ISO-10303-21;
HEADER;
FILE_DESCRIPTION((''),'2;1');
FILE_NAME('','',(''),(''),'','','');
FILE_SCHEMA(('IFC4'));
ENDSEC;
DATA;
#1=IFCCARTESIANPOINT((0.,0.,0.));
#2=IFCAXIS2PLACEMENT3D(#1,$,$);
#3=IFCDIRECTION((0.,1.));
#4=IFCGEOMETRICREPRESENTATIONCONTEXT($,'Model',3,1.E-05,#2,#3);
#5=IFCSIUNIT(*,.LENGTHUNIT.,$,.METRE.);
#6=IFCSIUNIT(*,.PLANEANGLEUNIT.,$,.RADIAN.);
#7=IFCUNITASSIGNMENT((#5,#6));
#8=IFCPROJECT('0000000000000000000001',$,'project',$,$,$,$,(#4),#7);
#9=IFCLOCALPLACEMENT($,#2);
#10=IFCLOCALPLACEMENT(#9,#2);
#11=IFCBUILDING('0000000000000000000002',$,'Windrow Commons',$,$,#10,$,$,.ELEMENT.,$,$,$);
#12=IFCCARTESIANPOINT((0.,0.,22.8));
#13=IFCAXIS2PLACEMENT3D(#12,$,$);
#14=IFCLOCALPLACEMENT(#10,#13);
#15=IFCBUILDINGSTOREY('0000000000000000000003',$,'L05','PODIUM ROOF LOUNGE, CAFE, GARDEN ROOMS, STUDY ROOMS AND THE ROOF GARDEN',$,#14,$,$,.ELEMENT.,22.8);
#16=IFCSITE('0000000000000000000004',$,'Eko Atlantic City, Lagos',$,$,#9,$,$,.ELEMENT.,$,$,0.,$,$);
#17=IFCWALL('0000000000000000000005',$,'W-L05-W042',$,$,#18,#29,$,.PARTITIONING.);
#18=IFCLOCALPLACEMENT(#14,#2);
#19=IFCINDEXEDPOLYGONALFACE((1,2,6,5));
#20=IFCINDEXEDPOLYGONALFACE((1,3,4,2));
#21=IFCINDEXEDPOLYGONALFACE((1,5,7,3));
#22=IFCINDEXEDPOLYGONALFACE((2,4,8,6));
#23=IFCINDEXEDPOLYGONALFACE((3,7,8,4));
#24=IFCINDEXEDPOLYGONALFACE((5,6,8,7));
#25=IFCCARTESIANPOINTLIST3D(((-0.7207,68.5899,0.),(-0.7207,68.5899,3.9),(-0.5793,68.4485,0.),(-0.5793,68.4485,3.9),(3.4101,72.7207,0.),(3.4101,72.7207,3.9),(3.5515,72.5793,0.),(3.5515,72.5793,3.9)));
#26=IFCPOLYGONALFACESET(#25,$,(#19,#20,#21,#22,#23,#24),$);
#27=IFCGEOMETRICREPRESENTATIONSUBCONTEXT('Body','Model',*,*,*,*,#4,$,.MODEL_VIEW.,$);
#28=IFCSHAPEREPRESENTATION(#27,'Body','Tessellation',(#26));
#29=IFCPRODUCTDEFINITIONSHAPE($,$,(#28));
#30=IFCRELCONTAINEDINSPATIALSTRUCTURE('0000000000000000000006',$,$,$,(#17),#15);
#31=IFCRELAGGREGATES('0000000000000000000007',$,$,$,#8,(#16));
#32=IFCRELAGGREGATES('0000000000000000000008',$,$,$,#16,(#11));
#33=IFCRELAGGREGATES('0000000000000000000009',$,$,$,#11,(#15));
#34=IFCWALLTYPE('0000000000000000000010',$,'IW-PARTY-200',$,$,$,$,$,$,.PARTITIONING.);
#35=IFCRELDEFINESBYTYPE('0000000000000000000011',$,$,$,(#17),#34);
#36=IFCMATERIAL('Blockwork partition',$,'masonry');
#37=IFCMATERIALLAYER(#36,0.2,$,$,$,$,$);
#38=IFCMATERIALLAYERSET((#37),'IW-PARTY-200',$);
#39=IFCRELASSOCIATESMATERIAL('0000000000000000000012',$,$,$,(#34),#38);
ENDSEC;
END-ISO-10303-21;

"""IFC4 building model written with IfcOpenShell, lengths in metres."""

from ifc_helpers import new_model, si_unit, direction, frame, frame_2d, origin, place, context, subcontext, project, spatial, rectangle, extrude, material, layer, layer_set, type_object, element, save


model = new_model("IFC4")

# Units and contexts
model_context = context("Model", 3, precision=1e-05, world=origin(), true_north=direction((0.0, 1.0)))
body_context = subcontext(model_context, "Body", "Model", "MODEL_VIEW")
ifc_project = project(units=[si_unit("LENGTHUNIT", "METRE"), si_unit("PLANEANGLEUNIT", "RADIAN")], contexts=[model_context])

# Site, building, storey
site_placement = place(None, origin())
site = spatial("IfcSite", under=ifc_project, at=site_placement, Name="Eko Atlantic City, Lagos", CompositionType="ELEMENT", RefElevation=0.0)
building_placement = place(site_placement, origin())
building = spatial("IfcBuilding", under=site, at=building_placement, Name="Windrow Commons", CompositionType="ELEMENT")
storey_placement = place(building_placement, frame((0.0, 0.0, 22.8)))
storey = spatial("IfcBuildingStorey", under=building, at=storey_placement, Name="L05", Description="PODIUM ROOF LOUNGE, CAFE, GARDEN ROOMS, STUDY ROOMS AND THE ROOF GARDEN", CompositionType="ELEMENT", Elevation=22.8)

# Wall
ifc_material_1 = material(Name="Blockwork partition", Category="masonry")
ifc_layer_1 = layer(ifc_material_1, 0.2)
ifc_layer_set_1 = layer_set([ifc_layer_1], Name="IW-PARTY-200")
wall_type_1 = type_object("IfcWallType", Name="IW-PARTY-200", PredefinedType="PARTITIONING", material=ifc_layer_set_1)
wall_1_placement = place(storey_placement, frame((-0.65, 68.5192, 0.0), z_axis=(0.0, 0.0, 1.0), x_axis=(0.707107, 0.707107, 0.0)))
element("IfcWall", 1, at=wall_1_placement, inside=storey, type_object=wall_type_1, Name="W-L05-W042", PredefinedType="PARTITIONING", context=body_context, shape_type="SweptSolid", body=[
    extrude(rectangle(XDim=5.8418, YDim=0.2, at=frame_2d((2.9209, 0.0))), origin(), (0.0, 0.0, 1.0), 3.9),
])

save(model, "model.ifc")
